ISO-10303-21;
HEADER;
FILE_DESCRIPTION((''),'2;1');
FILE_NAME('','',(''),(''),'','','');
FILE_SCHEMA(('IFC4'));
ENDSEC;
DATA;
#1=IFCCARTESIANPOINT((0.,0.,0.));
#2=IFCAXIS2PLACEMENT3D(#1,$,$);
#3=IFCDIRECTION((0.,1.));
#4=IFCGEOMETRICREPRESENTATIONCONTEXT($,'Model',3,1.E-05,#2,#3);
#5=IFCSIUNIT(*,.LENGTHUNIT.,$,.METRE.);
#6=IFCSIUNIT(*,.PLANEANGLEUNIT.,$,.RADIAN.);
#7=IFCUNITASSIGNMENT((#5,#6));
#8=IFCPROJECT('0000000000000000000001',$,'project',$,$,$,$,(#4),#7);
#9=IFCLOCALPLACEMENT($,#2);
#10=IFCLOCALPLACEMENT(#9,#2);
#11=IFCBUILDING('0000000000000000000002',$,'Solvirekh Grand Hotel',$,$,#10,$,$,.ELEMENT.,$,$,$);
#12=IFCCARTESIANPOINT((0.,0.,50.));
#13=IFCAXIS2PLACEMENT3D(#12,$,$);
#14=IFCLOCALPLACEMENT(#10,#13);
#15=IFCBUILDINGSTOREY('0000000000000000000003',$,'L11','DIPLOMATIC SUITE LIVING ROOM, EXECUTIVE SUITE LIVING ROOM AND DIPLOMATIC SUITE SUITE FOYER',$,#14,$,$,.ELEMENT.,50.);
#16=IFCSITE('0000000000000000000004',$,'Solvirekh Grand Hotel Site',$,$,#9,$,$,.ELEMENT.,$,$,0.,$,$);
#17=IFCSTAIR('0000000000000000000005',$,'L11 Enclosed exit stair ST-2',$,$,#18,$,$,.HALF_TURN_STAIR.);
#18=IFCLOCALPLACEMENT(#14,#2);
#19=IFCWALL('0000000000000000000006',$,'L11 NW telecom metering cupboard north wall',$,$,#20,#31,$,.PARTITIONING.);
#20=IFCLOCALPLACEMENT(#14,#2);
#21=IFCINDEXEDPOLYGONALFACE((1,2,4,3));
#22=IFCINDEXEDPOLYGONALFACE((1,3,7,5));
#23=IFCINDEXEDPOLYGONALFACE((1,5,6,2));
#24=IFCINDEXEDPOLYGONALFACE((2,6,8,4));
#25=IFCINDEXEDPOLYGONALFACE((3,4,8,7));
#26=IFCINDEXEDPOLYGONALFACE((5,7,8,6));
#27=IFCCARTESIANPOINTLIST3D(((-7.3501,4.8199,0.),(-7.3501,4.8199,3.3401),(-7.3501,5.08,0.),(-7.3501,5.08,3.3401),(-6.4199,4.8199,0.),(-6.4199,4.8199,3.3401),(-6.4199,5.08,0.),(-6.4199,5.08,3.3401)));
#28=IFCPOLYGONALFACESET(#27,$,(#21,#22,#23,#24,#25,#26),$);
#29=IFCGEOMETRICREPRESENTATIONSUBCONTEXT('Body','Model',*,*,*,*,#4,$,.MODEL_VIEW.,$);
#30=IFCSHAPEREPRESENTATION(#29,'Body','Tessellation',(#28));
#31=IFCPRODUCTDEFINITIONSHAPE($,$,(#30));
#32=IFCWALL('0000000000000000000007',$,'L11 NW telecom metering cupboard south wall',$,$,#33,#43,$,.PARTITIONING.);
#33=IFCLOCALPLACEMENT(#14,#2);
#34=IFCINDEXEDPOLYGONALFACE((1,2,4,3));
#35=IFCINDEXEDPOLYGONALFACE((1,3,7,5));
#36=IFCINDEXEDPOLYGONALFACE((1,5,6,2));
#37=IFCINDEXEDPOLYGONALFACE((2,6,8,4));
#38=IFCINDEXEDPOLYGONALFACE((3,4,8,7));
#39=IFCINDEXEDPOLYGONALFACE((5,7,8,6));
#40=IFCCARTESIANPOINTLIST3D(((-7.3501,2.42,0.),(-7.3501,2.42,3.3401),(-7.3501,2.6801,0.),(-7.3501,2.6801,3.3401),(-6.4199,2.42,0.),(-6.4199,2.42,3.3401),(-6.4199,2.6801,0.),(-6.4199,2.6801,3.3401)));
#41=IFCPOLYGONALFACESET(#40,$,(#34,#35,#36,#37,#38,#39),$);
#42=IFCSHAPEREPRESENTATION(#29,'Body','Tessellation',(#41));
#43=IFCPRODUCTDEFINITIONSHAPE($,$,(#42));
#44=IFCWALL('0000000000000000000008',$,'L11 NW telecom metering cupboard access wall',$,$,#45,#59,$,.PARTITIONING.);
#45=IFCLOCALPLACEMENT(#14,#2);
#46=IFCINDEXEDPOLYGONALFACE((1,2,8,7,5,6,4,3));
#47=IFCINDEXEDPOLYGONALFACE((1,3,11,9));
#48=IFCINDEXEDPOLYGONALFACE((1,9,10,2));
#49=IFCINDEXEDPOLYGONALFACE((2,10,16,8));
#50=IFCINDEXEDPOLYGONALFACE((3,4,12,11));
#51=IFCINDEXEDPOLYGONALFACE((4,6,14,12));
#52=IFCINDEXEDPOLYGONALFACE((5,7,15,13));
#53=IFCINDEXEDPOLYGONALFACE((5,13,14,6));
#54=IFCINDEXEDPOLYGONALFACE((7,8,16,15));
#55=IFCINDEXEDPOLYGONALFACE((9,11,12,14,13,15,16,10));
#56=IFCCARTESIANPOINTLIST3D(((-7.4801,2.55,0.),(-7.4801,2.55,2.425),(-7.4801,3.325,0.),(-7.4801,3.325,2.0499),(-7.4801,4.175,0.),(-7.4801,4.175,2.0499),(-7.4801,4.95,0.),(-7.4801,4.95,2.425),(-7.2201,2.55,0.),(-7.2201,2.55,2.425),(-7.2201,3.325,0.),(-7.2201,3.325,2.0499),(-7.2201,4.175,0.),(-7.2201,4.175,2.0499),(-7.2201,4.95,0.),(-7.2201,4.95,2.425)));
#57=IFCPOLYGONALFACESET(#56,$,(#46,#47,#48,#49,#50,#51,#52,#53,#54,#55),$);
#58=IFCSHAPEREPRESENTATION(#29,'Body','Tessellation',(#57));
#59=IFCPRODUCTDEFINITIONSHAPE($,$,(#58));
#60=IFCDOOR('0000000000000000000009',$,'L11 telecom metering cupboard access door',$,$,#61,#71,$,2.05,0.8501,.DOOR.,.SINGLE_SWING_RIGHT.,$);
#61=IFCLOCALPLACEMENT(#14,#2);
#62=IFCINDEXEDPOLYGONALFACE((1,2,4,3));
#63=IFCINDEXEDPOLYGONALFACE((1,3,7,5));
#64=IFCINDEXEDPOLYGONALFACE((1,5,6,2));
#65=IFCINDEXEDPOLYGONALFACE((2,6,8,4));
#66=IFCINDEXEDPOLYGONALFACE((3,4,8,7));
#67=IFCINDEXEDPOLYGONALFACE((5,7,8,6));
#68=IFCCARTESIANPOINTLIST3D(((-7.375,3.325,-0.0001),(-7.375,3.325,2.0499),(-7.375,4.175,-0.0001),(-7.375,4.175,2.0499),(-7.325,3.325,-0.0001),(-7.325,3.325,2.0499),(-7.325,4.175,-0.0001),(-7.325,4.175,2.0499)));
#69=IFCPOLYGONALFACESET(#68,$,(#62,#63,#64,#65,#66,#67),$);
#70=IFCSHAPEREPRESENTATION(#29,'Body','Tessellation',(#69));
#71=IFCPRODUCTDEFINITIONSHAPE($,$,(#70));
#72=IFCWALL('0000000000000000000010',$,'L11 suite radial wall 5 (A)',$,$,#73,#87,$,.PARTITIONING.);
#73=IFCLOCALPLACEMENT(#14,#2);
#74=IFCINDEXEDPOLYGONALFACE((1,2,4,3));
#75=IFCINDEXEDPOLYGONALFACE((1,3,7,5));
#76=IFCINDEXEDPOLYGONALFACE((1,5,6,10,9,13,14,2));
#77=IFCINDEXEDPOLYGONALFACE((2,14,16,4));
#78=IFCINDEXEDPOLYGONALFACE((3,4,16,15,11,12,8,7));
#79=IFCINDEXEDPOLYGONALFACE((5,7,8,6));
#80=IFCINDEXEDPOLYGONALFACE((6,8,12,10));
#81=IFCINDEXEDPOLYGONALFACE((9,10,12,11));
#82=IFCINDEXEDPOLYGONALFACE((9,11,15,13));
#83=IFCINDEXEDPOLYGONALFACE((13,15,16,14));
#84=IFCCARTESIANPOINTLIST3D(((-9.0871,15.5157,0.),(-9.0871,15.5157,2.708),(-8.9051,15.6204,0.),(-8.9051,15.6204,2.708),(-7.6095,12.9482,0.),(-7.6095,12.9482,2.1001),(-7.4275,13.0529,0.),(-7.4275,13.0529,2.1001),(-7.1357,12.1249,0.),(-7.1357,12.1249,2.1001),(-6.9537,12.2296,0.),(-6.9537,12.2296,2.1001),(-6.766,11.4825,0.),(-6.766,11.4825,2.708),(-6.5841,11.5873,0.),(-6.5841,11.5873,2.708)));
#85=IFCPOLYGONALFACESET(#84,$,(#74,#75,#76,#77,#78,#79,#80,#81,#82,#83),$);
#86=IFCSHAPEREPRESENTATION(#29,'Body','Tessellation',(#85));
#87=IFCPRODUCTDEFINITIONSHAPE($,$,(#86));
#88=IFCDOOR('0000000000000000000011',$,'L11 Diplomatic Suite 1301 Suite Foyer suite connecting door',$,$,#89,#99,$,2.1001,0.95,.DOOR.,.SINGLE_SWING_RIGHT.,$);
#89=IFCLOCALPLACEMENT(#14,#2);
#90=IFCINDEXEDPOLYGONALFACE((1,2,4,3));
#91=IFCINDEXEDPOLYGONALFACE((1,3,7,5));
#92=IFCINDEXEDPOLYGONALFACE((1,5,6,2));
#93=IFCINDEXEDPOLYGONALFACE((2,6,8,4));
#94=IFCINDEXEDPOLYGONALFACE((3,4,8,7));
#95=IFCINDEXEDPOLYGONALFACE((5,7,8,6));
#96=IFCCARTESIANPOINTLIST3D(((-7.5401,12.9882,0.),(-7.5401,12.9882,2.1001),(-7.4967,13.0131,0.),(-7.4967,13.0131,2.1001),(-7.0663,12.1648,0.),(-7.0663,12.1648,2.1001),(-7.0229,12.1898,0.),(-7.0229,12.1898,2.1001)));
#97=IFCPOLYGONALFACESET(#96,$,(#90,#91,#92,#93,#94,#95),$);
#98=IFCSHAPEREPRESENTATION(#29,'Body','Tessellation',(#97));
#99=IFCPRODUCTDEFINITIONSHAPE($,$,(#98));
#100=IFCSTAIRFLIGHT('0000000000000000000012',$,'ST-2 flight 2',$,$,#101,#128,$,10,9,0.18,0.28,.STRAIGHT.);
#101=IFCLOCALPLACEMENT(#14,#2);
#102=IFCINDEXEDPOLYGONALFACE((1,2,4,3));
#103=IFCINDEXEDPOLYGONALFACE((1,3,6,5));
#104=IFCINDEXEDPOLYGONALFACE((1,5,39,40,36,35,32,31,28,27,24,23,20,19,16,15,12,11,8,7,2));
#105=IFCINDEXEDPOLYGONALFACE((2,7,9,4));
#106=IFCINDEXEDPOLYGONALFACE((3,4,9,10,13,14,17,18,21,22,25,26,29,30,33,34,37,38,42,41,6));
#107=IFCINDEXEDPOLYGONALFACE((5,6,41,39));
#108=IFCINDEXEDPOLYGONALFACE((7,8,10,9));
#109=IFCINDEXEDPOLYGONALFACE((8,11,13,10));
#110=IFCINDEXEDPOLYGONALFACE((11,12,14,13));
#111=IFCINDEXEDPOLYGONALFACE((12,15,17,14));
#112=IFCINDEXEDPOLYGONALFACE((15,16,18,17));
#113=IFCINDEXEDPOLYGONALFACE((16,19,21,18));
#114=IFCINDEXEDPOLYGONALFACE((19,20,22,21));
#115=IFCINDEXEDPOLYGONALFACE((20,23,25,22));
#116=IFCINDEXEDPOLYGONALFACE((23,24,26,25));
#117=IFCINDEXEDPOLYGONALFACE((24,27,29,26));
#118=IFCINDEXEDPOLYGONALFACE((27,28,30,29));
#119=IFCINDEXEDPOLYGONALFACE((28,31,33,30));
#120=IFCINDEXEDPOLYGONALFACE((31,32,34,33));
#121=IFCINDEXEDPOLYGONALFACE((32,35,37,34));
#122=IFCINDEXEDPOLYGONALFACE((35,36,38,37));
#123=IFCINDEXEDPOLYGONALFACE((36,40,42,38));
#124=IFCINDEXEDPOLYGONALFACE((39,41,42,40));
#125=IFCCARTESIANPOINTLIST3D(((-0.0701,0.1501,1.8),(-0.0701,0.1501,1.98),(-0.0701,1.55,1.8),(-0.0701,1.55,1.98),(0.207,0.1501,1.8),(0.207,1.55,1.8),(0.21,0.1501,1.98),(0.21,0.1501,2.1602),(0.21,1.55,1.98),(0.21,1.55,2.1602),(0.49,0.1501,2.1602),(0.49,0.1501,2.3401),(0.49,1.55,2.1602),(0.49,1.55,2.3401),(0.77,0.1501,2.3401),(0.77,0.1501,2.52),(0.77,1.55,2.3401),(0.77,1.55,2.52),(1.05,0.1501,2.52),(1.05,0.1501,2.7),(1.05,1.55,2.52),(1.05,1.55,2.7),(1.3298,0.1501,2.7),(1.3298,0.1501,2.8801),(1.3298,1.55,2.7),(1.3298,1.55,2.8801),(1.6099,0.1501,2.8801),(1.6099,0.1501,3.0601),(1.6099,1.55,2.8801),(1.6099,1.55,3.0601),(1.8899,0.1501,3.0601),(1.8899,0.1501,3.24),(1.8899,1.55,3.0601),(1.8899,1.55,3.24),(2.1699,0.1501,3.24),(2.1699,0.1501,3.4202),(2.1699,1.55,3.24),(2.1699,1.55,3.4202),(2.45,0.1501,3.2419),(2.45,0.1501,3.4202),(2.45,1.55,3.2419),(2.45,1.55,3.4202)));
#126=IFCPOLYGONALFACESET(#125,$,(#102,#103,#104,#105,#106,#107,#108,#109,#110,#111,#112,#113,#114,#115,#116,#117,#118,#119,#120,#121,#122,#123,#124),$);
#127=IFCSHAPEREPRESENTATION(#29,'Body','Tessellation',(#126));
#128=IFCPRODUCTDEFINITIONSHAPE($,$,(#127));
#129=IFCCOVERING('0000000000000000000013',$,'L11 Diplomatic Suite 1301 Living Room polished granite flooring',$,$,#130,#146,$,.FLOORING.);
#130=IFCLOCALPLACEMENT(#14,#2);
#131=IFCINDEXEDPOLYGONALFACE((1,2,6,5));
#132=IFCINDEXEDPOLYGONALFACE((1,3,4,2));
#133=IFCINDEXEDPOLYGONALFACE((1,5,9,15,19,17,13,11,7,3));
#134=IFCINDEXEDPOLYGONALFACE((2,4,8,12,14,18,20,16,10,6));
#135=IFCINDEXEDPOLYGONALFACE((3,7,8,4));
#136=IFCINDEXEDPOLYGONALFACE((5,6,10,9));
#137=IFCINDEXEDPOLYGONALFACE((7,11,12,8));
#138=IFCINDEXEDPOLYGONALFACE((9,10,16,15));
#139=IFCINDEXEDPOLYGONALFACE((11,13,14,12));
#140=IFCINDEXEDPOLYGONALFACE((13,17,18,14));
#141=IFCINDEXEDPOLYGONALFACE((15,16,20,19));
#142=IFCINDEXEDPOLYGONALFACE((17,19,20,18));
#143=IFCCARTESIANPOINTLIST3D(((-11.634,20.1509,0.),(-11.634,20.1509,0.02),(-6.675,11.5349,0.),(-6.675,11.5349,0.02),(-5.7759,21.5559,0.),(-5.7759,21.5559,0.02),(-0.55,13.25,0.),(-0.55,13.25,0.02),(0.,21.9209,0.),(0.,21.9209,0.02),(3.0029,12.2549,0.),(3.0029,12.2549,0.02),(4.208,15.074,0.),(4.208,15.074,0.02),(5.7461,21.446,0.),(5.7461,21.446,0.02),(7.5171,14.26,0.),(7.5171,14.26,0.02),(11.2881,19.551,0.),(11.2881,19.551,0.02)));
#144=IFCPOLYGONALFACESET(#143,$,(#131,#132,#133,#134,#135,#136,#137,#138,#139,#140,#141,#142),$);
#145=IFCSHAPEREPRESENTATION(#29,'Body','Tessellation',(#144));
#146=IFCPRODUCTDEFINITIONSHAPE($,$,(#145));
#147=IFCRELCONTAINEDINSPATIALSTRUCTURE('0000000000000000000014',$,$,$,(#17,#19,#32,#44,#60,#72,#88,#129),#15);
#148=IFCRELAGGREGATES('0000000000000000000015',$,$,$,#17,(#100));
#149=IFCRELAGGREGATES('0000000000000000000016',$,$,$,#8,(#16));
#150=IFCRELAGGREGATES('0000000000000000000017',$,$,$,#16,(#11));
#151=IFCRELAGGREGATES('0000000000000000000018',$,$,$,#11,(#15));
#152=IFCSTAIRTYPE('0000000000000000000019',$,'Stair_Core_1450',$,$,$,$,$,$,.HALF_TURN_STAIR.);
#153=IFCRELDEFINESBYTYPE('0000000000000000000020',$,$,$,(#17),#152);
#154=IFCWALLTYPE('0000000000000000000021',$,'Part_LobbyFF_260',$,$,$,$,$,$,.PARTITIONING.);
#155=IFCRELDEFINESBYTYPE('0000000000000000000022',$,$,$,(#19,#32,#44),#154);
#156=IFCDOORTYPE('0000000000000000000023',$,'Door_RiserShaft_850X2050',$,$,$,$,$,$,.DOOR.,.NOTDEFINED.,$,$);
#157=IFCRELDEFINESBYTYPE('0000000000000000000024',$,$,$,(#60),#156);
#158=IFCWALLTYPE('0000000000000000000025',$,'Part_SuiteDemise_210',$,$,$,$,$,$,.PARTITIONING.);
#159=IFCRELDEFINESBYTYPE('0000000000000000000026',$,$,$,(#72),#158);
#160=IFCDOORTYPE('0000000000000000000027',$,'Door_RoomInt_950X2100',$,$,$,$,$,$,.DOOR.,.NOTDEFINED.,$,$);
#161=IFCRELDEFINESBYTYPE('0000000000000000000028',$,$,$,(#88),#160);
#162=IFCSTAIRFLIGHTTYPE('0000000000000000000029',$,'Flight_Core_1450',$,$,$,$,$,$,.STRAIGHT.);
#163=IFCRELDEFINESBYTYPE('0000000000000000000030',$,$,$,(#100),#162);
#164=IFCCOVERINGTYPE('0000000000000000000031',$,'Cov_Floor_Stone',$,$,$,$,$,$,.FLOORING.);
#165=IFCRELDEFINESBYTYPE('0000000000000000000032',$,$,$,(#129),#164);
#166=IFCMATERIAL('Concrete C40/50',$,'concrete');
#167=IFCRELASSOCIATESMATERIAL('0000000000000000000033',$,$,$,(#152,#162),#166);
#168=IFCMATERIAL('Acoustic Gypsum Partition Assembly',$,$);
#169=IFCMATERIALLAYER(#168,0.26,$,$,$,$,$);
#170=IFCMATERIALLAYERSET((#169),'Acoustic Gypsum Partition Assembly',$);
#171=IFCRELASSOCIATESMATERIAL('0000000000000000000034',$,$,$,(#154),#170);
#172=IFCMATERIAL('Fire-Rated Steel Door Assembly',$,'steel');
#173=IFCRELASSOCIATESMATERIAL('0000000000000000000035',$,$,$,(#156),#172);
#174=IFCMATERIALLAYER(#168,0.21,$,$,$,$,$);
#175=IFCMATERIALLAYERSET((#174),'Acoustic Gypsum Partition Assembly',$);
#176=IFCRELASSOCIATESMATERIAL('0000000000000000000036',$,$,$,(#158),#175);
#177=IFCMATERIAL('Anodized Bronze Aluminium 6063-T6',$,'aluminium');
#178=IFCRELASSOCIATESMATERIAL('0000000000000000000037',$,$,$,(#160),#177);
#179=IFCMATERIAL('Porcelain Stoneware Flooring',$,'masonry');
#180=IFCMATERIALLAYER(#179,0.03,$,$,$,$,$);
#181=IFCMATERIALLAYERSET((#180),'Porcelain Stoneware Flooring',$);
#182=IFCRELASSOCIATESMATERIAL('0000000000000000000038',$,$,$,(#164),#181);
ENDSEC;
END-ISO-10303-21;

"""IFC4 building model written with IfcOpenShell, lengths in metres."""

from ifc_helpers import new_model, si_unit, direction, frame, frame_2d, origin, place, context, subcontext, project, spatial, polyline, rectangle, outline, extrude, material, layer, layer_set, type_object, element, fill, aggregate, save


model = new_model("IFC4")

# Units and contexts
model_context = context("Model", 3, precision=1e-05, world=origin(), true_north=direction((0.0, 1.0)))
body_context = subcontext(model_context, "Body", "Model", "MODEL_VIEW")
ifc_project = project(units=[si_unit("LENGTHUNIT", "METRE"), si_unit("PLANEANGLEUNIT", "RADIAN")], contexts=[model_context])

# Site, building, storey
site_placement = place(None, origin())
site = spatial("IfcSite", under=ifc_project, at=site_placement, Name="Solvirekh Grand Hotel Site", CompositionType="ELEMENT", RefElevation=0.0)
building_placement = place(site_placement, origin())
building = spatial("IfcBuilding", under=site, at=building_placement, Name="Solvirekh Grand Hotel", CompositionType="ELEMENT")
storey_placement = place(building_placement, frame((0.0, 0.0, 50.0)))
storey = spatial("IfcBuildingStorey", under=building, at=storey_placement, Name="L11", Description="DIPLOMATIC SUITE LIVING ROOM, EXECUTIVE SUITE LIVING ROOM AND DIPLOMATIC SUITE SUITE FOYER", CompositionType="ELEMENT", Elevation=50.0)

# Stair
ifc_material_1 = material(Name="Concrete C40/50", Category="concrete")
stair_type = type_object("IfcStairType", Name="Stair_Core_1450", PredefinedType="HALF_TURN_STAIR", material=ifc_material_1)
stair_placement = place(storey_placement, origin())
stair = element("IfcStair", 1, at=stair_placement, inside=storey, type_object=stair_type, Name="L11 Enclosed exit stair ST-2", PredefinedType="HALF_TURN_STAIR")

# Shared definitions
ifc_material_2 = material(Name="Fire-Rated Steel Door Assembly", Category="steel")

# Walls
ifc_material_3 = material(Name="Acoustic Gypsum Partition Assembly")
ifc_layer_1 = layer(ifc_material_3, 0.26)
ifc_layer_set_1 = layer_set([ifc_layer_1], Name="Acoustic Gypsum Partition Assembly")
wall_type_1 = type_object("IfcWallType", Name="Part_LobbyFF_260", PredefinedType="PARTITIONING", material=ifc_layer_set_1)
for number, where, z_axis, x_axis, name in (
    (2, (-7.3501, 4.95, 0.0), (0.0, 0.0, 1.0), (1.0, 0.0, 0.0), "L11 NW telecom metering cupboard north wall"),
    (3, (-7.3501, 2.55, 0.0), (0.0, 0.0, 1.0), (1.0, 0.0, 0.0), "L11 NW telecom metering cupboard south wall"),
):
    element("IfcWall", number, at=place(storey_placement, frame(where, z_axis=z_axis, x_axis=x_axis)), inside=storey, type_object=wall_type_1, Name=name, PredefinedType="PARTITIONING", context=body_context, shape_type="SweptSolid", body=[
        extrude(rectangle(XDim=0.9302, YDim=0.26, at=frame_2d((0.4651, 0.0))), origin(), (0.0, 0.0, 1.0), 3.3401),
    ])

# Walls, openings, doors
wall_1_placement = place(storey_placement, frame((-7.3501, 2.55, 0.0), z_axis=(0.0, 0.0, 1.0), x_axis=(0.0, 1.0, 0.0)))
wall_1 = element("IfcWall", 4, at=wall_1_placement, inside=storey, type_object=wall_type_1, Name="L11 NW telecom metering cupboard access wall", PredefinedType="PARTITIONING", context=body_context, shape_type="SweptSolid", body=[
    extrude(rectangle(XDim=2.3999, YDim=0.26, at=frame_2d((1.2, 0.0))), origin(), (0.0, 0.0, 1.0), 2.425),
])
opening_1_placement = place(wall_1_placement, frame((0.7749, 0.0, 0.0)))
opening_1 = element("IfcOpeningElement", 5, at=opening_1_placement, cuts=wall_1, PredefinedType="OPENING", context=body_context, shape_type="SweptSolid", body=[
    extrude(rectangle(XDim=0.8501, YDim=2.05, at=frame_2d((0.425, 1.0249))), frame((0.0, 0.1401, 0.0), z_axis=(0.0, -1.0, 0.0), x_axis=(1.0, 0.0, 0.0)), (0.0, 0.0, 1.0), 0.28),
])
door_type_1 = type_object("IfcDoorType", Name="Door_RiserShaft_850X2050", OperationType="NOTDEFINED", PredefinedType="DOOR", material=ifc_material_2)
door_1_placement = place(opening_1_placement, origin())
door_1 = element("IfcDoor", 6, at=door_1_placement, inside=storey, type_object=door_type_1, Name="L11 telecom metering cupboard access door", OperationType="SINGLE_SWING_RIGHT", OverallHeight=2.05, OverallWidth=0.8501, PredefinedType="DOOR", context=body_context, shape_type="SweptSolid", body=[
    extrude(rectangle(XDim=0.8501, YDim=2.05, at=frame_2d((0.425, 1.0249))), frame((0.0, 0.0249, 0.0), z_axis=(0.0, -1.0, 0.0), x_axis=(1.0, 0.0, 0.0)), (0.0, 0.0, 1.0), 0.05),
])
fill(opening_1, door_1)
ifc_layer_2 = layer(ifc_material_3, 0.21)
ifc_layer_set_2 = layer_set([ifc_layer_2], Name="Acoustic Gypsum Partition Assembly")
wall_type_2 = type_object("IfcWallType", Name="Part_SuiteDemise_210", PredefinedType="PARTITIONING", material=ifc_layer_set_2)
wall_2_placement = place(storey_placement, frame((-6.675, 11.5349, 0.0), z_axis=(0.0, 0.0, 1.0), x_axis=(-0.498787, 0.866725, 0.0)))
wall_2 = element("IfcWall", 7, at=wall_2_placement, inside=storey, type_object=wall_type_2, Name="L11 suite radial wall 5 (A)", PredefinedType="PARTITIONING", context=body_context, shape_type="SweptSolid", body=[
    extrude(rectangle(XDim=4.6533, YDim=0.21, at=frame_2d((2.3267, 0.0))), origin(), (0.0, 0.0, 1.0), 2.708),
])
opening_2_placement = place(wall_2_placement, frame((0.741, 0.0, 0.0)))
opening_2 = element("IfcOpeningElement", 8, at=opening_2_placement, cuts=wall_2, PredefinedType="OPENING", context=body_context, shape_type="SweptSolid", body=[
    extrude(rectangle(XDim=0.95, YDim=2.1001, at=frame_2d((0.4751, 1.05))), frame((0.0, 0.115, 0.0), z_axis=(0.0, -1.0, 0.0), x_axis=(1.0, 0.0, 0.0)), (0.0, 0.0, 1.0), 0.23),
])
ifc_material_4 = material(Name="Anodized Bronze Aluminium 6063-T6", Category="aluminium")
door_type_2 = type_object("IfcDoorType", Name="Door_RoomInt_950X2100", OperationType="NOTDEFINED", PredefinedType="DOOR", material=ifc_material_4)
door_2_placement = place(opening_2_placement, origin())
door_2 = element("IfcDoor", 9, at=door_2_placement, inside=storey, type_object=door_type_2, Name="L11 Diplomatic Suite 1301 Suite Foyer suite connecting door", OperationType="SINGLE_SWING_RIGHT", OverallHeight=2.1001, OverallWidth=0.95, PredefinedType="DOOR", context=body_context, shape_type="SweptSolid", body=[
    extrude(rectangle(XDim=0.95, YDim=2.1001, at=frame_2d((0.4751, 1.05))), frame((0.0, 0.0249, 0.0), z_axis=(0.0, -1.0, 0.0), x_axis=(1.0, 0.0, 0.0)), (0.0, 0.0, 1.0), 0.05),
])
fill(opening_2, door_2)

# Stair flight
stair_flight_type = type_object("IfcStairFlightType", Name="Flight_Core_1450", PredefinedType="STRAIGHT", material=ifc_material_1)
stair_flight_placement = place(storey_placement, frame((-0.0701, 0.8501, 1.8), z_axis=(0.0, 0.0, 1.0), x_axis=(1.0, 0.0, 0.0)))
stair_flight = element("IfcStairFlight", 10, at=stair_flight_placement, type_object=stair_flight_type, Name="ST-2 flight 2", NumberOfRisers=10, NumberOfTreads=9, PredefinedType="STRAIGHT", RiserHeight=0.18, TreadLength=0.28, context=body_context, shape_type="SweptSolid", body=[
    extrude(outline(polyline([(0.0, 0.0), (0.0, 0.1799), (0.28, 0.1799), (0.28, 0.3601), (0.5601, 0.3601), (0.5601, 0.54), (0.8401, 0.54), (0.8401, 0.72), (1.1201, 0.72), (1.1201, 0.8999), (1.3999, 0.8999), (1.3999, 1.0801), (1.6799, 1.0801), (1.6799, 1.26), (1.96, 1.26), (1.96, 1.4399), (2.24, 1.4399), (2.24, 1.6201), (2.52, 1.6201), (2.52, 1.8), (2.52, 1.4419), (0.2771, 0.0), (0.0, 0.0)])), frame((0.0, 0.7, 0.0), z_axis=(0.0, -1.0, 0.0), x_axis=(1.0, 0.0, 0.0)), (0.0, 0.0, 1.0), 1.3999),
])
aggregate(stair, [stair_flight])

# Covering
ifc_material_5 = material(Name="Porcelain Stoneware Flooring", Category="masonry")
ifc_layer_3 = layer(ifc_material_5, 0.03)
ifc_layer_set_3 = layer_set([ifc_layer_3], Name="Porcelain Stoneware Flooring")
covering_type = type_object("IfcCoveringType", Name="Cov_Floor_Stone", PredefinedType="FLOORING", material=ifc_layer_set_3)
covering_placement = place(storey_placement, origin())
element("IfcCovering", 11, at=covering_placement, inside=storey, type_object=covering_type, Name="L11 Diplomatic Suite 1301 Living Room polished granite flooring", PredefinedType="FLOORING", context=body_context, shape_type="SweptSolid", body=[
    extrude(outline(polyline([(4.208, 15.074), (7.5171, 14.26), (11.2881, 19.551), (5.7461, 21.446), (0.0, 21.9209), (-5.7759, 21.5559), (-11.634, 20.1509), (-6.675, 11.5349), (-0.55, 13.25), (3.0029, 12.2549), (4.208, 15.074)])), origin(), (0.0, 0.0, 1.0), 0.02),
])

save(model, "model.ifc")
